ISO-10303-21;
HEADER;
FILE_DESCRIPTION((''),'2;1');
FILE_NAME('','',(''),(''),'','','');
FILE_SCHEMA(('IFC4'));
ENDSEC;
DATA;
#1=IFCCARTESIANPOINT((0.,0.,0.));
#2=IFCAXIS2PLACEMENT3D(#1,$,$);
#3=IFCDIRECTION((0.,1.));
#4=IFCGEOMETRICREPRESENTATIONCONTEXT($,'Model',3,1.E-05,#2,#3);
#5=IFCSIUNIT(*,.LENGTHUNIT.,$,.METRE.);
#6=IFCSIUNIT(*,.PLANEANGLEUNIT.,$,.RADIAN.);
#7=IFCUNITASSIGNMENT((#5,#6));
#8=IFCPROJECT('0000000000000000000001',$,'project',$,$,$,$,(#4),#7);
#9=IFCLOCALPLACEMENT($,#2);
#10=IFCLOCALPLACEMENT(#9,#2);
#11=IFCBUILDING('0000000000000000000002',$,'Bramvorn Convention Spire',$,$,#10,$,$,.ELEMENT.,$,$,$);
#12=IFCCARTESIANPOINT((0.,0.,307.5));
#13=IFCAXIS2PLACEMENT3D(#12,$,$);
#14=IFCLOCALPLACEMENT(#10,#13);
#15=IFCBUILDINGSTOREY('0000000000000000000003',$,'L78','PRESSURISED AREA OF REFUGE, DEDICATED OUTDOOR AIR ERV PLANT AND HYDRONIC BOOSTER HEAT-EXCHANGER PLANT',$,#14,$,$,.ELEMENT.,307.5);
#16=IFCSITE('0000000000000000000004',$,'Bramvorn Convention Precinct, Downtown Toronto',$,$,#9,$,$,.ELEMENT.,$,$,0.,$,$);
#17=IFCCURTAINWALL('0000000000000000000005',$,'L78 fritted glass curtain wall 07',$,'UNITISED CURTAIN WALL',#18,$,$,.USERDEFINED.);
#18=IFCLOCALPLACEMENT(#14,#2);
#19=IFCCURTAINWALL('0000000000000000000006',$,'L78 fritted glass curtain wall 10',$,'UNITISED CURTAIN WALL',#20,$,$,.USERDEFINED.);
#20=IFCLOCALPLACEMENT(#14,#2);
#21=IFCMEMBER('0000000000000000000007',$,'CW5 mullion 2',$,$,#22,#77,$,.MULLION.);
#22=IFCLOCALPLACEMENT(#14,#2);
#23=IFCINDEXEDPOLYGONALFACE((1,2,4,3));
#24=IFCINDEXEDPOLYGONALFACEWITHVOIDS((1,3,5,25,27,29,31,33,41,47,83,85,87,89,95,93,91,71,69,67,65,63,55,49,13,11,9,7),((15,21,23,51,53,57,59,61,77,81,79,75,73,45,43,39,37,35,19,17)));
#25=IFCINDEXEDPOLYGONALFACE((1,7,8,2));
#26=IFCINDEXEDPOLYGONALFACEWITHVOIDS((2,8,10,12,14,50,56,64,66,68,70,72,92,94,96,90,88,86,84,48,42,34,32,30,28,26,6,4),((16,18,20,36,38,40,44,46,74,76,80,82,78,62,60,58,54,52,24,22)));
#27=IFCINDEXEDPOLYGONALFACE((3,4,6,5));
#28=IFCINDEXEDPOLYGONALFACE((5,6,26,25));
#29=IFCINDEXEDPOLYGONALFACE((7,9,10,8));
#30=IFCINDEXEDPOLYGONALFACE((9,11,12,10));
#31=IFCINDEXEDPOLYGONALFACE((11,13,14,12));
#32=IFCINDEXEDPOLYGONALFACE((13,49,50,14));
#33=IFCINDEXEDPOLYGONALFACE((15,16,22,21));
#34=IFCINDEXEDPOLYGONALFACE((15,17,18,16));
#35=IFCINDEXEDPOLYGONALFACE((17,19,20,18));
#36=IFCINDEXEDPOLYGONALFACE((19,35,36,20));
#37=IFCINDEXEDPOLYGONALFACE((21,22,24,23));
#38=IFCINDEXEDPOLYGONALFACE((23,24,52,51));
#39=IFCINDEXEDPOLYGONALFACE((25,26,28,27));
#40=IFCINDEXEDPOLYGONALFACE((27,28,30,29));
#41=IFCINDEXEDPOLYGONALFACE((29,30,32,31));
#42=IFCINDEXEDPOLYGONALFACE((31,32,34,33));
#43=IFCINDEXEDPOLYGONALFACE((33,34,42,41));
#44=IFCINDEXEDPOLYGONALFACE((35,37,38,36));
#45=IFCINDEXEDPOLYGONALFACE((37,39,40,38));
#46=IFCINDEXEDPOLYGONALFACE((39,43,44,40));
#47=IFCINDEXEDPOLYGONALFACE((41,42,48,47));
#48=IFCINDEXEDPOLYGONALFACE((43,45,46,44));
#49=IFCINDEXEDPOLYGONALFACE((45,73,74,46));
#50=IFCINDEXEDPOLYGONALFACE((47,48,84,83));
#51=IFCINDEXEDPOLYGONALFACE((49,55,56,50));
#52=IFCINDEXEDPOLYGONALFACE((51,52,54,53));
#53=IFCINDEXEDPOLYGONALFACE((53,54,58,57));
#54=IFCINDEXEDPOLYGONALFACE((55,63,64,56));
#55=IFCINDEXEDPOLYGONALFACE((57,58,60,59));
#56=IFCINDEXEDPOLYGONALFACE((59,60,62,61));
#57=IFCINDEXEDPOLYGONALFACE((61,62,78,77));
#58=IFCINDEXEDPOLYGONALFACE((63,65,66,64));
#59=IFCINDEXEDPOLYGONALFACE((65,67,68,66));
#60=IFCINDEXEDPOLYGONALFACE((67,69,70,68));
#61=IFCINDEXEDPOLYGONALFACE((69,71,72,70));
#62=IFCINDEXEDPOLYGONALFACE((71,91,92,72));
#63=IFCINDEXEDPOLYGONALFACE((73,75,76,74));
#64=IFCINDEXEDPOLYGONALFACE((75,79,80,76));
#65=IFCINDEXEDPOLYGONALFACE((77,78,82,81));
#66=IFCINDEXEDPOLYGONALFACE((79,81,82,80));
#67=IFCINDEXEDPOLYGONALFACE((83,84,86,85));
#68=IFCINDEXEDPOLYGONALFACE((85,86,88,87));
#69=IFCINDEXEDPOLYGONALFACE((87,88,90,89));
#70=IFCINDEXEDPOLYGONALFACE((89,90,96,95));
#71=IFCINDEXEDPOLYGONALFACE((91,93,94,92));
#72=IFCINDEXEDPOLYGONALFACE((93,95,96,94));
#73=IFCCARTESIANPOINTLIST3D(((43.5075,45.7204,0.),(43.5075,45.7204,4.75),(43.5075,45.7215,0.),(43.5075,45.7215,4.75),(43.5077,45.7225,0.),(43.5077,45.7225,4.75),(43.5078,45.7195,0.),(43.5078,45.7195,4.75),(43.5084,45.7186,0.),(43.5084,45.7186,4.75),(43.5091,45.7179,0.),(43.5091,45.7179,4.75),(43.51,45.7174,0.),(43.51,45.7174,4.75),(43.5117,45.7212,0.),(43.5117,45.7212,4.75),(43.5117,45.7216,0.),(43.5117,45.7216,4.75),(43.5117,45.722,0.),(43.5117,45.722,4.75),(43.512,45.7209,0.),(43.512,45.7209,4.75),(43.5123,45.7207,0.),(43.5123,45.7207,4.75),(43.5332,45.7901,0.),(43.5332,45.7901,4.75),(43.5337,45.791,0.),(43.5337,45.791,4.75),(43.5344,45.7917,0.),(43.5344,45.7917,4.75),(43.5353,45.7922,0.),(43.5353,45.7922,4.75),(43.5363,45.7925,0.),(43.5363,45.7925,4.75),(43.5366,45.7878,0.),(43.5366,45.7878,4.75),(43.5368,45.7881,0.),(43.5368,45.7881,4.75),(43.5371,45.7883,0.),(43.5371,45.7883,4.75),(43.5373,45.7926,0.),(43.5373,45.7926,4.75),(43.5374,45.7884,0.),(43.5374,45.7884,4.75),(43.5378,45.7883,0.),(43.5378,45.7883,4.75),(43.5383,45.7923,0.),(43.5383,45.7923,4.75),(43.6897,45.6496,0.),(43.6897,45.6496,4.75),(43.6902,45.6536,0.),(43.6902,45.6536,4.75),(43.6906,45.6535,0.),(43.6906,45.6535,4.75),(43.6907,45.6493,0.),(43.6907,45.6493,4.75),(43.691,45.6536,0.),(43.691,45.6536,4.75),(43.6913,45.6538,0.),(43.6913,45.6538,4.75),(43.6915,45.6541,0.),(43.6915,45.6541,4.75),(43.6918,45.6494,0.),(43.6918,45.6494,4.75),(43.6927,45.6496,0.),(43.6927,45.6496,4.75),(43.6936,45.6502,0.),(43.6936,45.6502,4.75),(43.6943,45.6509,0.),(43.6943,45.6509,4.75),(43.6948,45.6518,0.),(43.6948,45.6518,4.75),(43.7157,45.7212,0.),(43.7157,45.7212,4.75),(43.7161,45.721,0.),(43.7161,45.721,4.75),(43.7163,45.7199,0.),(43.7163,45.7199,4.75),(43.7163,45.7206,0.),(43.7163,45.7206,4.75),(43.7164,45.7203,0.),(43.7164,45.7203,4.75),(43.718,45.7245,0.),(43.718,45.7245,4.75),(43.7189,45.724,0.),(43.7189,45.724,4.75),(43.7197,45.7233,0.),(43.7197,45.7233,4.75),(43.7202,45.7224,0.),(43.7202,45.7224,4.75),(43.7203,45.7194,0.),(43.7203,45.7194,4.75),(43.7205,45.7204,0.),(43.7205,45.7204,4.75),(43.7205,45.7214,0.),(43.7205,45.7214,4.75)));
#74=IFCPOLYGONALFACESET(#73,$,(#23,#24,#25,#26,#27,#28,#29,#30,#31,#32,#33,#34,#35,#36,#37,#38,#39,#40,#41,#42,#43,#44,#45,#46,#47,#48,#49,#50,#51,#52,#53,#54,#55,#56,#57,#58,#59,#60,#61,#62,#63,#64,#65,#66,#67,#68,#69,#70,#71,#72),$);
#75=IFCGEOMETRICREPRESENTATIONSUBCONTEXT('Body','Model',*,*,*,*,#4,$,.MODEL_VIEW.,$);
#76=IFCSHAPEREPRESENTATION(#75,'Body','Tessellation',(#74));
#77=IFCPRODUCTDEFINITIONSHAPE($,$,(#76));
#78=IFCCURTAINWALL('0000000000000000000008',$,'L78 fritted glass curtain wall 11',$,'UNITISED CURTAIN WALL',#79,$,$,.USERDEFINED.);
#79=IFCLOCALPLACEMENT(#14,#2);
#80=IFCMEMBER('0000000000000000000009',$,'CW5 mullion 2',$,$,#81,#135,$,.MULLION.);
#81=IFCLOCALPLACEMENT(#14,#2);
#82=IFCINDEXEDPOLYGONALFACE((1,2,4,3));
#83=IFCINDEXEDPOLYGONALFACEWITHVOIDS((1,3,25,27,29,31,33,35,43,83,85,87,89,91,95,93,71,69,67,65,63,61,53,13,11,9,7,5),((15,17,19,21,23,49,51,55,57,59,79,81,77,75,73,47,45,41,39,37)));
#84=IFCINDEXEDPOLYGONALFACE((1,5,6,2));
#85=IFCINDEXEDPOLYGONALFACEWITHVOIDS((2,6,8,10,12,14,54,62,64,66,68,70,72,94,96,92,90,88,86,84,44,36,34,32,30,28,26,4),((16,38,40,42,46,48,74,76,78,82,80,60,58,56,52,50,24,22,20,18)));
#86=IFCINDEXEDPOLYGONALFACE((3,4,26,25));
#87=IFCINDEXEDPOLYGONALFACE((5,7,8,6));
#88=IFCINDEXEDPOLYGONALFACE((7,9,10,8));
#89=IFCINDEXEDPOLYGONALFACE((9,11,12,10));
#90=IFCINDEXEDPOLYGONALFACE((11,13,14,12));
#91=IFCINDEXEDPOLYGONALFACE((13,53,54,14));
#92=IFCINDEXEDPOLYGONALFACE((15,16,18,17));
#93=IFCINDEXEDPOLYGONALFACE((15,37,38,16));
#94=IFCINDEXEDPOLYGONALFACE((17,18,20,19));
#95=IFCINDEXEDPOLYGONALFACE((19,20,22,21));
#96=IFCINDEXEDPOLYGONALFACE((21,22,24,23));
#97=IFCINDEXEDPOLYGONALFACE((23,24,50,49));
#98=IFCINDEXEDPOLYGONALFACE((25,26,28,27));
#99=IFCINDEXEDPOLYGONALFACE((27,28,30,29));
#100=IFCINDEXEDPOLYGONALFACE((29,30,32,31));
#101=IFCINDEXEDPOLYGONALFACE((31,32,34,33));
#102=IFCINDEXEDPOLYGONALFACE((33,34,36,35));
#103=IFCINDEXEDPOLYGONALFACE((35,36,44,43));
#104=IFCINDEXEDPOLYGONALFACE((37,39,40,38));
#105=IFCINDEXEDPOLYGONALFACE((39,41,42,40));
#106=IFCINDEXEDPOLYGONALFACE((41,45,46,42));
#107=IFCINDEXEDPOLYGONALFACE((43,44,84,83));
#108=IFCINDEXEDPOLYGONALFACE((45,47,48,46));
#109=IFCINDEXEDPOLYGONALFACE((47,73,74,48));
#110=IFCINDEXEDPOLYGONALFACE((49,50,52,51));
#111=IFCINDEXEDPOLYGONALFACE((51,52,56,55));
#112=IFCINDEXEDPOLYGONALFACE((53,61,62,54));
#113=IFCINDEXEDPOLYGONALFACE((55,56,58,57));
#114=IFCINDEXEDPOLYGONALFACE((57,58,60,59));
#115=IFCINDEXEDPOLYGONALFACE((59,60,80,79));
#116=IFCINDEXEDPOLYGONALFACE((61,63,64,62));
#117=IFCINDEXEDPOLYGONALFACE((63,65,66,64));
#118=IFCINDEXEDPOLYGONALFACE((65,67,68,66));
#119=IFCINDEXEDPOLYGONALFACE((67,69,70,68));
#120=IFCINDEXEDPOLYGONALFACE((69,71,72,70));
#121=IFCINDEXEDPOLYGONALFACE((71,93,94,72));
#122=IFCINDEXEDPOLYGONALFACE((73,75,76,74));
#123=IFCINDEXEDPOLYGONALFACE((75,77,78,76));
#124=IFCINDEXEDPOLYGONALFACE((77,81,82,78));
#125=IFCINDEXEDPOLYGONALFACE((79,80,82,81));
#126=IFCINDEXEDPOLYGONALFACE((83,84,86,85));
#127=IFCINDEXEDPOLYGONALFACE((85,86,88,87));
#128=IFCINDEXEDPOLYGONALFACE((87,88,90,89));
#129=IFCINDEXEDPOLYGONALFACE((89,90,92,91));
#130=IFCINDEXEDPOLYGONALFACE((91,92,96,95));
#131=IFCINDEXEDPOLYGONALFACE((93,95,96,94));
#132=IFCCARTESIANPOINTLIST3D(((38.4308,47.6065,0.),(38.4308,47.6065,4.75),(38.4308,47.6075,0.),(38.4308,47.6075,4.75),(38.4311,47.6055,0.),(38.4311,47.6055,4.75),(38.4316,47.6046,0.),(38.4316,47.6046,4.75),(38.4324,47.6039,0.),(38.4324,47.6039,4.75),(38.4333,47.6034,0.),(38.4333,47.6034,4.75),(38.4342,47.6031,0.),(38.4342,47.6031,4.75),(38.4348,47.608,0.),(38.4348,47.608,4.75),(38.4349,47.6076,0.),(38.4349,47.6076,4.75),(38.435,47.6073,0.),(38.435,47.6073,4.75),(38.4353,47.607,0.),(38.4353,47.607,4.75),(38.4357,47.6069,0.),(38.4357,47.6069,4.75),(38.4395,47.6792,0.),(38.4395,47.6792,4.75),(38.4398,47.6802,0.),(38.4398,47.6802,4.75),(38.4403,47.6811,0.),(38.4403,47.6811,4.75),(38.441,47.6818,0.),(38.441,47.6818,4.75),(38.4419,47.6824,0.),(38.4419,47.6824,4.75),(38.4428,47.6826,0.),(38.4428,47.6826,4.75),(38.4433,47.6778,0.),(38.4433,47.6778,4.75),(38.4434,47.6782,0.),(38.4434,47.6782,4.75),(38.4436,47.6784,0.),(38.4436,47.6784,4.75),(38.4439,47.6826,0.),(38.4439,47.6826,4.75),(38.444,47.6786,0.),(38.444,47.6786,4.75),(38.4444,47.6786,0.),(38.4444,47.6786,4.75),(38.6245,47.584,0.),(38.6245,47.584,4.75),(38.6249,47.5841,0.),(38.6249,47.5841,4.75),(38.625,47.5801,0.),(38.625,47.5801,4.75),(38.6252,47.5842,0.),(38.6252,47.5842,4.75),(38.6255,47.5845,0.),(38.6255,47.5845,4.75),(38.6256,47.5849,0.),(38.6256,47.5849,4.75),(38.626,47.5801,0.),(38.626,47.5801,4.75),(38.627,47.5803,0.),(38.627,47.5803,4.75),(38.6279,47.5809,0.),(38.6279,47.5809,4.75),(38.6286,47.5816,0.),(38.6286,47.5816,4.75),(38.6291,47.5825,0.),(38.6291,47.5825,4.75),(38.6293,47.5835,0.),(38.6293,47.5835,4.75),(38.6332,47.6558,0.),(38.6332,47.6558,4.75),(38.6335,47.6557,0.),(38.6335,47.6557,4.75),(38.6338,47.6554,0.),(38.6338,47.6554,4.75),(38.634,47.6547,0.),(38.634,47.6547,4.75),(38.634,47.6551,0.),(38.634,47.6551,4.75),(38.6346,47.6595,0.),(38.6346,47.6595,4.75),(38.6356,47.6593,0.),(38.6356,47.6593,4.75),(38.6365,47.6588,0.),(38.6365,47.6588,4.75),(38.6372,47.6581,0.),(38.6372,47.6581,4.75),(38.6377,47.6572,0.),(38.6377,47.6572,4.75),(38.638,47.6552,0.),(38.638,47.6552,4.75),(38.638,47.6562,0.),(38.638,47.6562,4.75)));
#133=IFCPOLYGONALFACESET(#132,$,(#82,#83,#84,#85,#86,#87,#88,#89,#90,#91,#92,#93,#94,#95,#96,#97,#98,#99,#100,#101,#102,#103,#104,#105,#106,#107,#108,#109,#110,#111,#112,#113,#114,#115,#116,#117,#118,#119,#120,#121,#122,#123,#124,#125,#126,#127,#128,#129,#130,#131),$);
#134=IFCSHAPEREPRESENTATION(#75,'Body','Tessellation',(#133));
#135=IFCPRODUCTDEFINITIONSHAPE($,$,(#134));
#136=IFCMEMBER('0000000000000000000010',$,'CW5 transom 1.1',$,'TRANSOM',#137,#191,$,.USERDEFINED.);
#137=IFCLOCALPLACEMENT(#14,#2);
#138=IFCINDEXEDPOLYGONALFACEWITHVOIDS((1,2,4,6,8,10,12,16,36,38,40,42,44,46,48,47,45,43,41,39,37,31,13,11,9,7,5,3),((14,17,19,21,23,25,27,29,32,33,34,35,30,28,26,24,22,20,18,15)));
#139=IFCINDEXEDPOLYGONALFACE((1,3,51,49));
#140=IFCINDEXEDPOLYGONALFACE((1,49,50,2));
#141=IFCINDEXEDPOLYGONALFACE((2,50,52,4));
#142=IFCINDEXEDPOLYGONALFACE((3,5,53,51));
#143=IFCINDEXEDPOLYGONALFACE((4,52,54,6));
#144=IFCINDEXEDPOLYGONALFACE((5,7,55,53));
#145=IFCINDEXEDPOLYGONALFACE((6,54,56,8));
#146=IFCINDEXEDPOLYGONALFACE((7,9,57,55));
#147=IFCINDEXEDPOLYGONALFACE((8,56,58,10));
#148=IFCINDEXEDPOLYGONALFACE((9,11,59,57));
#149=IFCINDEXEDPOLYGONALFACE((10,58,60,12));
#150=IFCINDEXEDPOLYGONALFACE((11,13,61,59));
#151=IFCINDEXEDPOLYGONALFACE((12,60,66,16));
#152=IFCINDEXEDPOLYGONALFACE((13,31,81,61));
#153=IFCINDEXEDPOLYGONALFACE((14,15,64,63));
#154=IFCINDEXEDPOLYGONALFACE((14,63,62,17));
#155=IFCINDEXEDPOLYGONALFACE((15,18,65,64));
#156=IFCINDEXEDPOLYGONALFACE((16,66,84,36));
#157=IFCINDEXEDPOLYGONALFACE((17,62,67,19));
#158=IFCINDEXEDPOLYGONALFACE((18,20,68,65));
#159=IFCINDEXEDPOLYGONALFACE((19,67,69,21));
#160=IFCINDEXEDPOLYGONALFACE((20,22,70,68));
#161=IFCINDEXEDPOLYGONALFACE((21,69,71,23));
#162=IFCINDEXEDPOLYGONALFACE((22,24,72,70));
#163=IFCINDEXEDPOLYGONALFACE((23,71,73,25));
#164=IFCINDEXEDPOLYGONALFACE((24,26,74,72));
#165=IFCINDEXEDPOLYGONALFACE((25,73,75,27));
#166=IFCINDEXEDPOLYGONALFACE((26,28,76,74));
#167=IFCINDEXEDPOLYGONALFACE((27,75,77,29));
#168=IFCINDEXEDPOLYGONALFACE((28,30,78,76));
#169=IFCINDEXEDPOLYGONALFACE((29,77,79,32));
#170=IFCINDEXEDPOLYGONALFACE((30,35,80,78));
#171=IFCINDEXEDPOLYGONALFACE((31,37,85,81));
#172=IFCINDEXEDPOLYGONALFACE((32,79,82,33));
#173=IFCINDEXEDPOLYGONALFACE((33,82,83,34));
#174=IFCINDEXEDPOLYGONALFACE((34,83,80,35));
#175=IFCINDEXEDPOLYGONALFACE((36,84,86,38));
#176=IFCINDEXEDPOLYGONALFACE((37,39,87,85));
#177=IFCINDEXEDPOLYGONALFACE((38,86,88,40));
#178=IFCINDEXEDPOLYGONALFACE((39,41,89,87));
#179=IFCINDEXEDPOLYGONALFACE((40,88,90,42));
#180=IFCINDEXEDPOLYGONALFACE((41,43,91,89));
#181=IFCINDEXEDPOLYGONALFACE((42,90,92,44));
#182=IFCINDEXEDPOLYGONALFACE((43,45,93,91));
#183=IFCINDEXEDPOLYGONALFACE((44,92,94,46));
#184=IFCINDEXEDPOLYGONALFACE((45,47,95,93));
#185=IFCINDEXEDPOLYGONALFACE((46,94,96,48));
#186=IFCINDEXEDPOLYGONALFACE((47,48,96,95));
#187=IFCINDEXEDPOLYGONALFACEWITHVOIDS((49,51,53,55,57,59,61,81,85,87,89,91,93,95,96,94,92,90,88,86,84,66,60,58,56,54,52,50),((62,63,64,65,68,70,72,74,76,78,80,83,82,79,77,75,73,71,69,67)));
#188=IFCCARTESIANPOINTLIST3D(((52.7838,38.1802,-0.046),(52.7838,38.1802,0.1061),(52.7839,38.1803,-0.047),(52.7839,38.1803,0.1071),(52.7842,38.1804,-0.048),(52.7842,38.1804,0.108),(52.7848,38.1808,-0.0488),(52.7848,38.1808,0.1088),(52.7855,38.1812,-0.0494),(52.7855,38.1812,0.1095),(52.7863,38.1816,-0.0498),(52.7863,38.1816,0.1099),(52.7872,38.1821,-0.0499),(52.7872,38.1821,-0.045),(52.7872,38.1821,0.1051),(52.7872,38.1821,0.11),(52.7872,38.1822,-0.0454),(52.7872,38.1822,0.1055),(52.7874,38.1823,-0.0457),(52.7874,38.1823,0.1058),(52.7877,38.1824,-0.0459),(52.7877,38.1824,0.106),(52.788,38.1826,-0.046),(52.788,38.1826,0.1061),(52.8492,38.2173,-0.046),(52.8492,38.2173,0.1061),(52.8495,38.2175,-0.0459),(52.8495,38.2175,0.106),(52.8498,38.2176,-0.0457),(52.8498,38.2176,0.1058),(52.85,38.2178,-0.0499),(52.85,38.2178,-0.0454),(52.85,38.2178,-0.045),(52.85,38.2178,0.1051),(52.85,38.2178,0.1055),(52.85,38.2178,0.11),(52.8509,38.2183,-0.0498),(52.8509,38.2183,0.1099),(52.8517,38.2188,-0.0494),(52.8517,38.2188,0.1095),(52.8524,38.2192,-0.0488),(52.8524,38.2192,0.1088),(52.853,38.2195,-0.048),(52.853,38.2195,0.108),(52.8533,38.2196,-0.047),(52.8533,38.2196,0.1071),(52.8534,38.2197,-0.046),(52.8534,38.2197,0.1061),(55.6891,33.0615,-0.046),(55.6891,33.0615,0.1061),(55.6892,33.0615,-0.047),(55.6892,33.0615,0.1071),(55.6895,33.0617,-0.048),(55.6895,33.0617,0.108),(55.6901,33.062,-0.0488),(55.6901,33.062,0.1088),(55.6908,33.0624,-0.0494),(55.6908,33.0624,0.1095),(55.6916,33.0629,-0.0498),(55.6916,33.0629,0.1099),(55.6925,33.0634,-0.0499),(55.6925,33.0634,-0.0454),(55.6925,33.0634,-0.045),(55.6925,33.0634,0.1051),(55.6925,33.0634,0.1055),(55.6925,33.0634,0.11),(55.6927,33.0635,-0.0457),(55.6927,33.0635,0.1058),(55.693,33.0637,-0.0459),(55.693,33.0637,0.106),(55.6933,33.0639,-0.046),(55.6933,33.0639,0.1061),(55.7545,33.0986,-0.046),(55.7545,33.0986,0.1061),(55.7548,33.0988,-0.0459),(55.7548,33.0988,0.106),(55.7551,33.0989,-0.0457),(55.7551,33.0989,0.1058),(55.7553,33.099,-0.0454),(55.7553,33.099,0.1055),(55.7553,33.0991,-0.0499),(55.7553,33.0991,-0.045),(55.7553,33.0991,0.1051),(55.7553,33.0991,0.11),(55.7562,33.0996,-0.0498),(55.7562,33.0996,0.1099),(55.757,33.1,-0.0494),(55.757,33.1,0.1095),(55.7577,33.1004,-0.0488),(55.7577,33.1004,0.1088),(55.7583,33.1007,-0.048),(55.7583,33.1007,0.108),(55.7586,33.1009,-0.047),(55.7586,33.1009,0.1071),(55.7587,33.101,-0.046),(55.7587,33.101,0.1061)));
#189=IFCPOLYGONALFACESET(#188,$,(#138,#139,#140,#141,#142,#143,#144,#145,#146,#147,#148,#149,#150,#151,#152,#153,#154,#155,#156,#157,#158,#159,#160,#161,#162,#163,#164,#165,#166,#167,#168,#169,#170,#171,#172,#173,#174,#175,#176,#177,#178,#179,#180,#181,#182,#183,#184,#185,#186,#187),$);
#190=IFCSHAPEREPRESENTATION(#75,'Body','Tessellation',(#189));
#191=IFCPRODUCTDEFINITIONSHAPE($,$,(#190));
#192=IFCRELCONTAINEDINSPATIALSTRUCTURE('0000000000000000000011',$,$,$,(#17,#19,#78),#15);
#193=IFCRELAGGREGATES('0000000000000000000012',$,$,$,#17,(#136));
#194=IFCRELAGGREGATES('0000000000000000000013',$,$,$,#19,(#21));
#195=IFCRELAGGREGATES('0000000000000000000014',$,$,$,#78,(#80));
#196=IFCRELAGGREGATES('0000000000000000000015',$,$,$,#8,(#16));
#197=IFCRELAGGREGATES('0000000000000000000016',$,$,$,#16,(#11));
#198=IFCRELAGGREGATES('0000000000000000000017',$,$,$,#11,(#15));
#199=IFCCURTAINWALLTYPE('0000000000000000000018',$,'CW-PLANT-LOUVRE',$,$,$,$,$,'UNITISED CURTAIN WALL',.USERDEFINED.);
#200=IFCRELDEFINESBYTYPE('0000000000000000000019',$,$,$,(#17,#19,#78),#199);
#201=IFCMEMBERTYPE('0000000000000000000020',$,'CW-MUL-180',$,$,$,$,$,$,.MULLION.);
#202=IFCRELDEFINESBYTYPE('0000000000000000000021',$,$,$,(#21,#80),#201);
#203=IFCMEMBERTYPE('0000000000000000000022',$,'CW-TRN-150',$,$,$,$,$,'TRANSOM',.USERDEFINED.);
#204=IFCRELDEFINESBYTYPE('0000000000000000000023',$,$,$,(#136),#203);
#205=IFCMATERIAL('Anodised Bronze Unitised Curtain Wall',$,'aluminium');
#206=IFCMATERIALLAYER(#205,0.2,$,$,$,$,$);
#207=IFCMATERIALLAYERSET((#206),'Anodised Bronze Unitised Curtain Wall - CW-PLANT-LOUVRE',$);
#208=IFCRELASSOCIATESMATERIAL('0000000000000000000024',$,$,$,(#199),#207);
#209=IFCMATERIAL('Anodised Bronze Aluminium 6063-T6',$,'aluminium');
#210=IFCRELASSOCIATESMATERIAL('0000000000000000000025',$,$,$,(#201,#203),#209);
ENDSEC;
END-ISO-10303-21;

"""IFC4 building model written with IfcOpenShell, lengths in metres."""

from ifc_helpers import new_model, si_unit, direction, frame, origin, origin_2d, place, context, subcontext, project, spatial, hollow_rectangle, extrude, material, layer, layer_set, material_profile, profile_set, type_object, element, aggregate, save


model = new_model("IFC4")

# Units and contexts
model_context = context("Model", 3, precision=1e-05, world=origin(), true_north=direction((0.0, 1.0)))
body_context = subcontext(model_context, "Body", "Model", "MODEL_VIEW")
ifc_project = project(units=[si_unit("LENGTHUNIT", "METRE"), si_unit("PLANEANGLEUNIT", "RADIAN")], contexts=[model_context])

# Site, building, storey
site_placement = place(None, origin())
site = spatial("IfcSite", under=ifc_project, at=site_placement, Name="Bramvorn Convention Precinct, Downtown Toronto", CompositionType="ELEMENT", RefElevation=0.0)
building_placement = place(site_placement, origin())
building = spatial("IfcBuilding", under=site, at=building_placement, Name="Bramvorn Convention Spire", CompositionType="ELEMENT")
storey_placement = place(building_placement, frame((0.0, 0.0, 307.5)))
storey = spatial("IfcBuildingStorey", under=building, at=storey_placement, Name="L78", Description="PRESSURISED AREA OF REFUGE, DEDICATED OUTDOOR AIR ERV PLANT AND HYDRONIC BOOSTER HEAT-EXCHANGER PLANT", CompositionType="ELEMENT", Elevation=307.5)

# Curtain walls, member
ifc_material_1 = material(Name="Anodised Bronze Unitised Curtain Wall", Category="aluminium")
ifc_layer_1 = layer(ifc_material_1, 0.2)
ifc_layer_set_1 = layer_set([ifc_layer_1], Name="Anodised Bronze Unitised Curtain Wall - CW-PLANT-LOUVRE")
curtain_wall_type = type_object("IfcCurtainWallType", Name="CW-PLANT-LOUVRE", ElementType="UNITISED CURTAIN WALL", PredefinedType="USERDEFINED", material=ifc_layer_set_1)
curtain_wall_1_placement = place(storey_placement, origin())
curtain_wall_1 = element("IfcCurtainWall", 1, at=curtain_wall_1_placement, inside=storey, type_object=curtain_wall_type, Name="L78 fritted glass curtain wall 07", ObjectType="UNITISED CURTAIN WALL", PredefinedType="USERDEFINED")
ifc_material_2 = material(Name="Anodised Bronze Aluminium 6063-T6", Category="aluminium")
ifc_material_profile_1 = material_profile(ifc_material_2, hollow_rectangle(XDim=0.0801, YDim=0.2, WallThickness=0.0039, InnerFilletRadius=0.001, OuterFilletRadius=0.0039, at=origin_2d()))
ifc_profile_set_1 = profile_set([ifc_material_profile_1], Name="Anodised Bronze Aluminium 6063-T6 - CWM80X200")
member_type_1 = type_object("IfcMemberType", Name="CW-MUL-180", PredefinedType="MULLION", material=ifc_profile_set_1)
curtain_wall_2_placement = place(storey_placement, origin())
curtain_wall_2 = element("IfcCurtainWall", 2, at=curtain_wall_2_placement, inside=storey, type_object=curtain_wall_type, Name="L78 fritted glass curtain wall 10", ObjectType="UNITISED CURTAIN WALL", PredefinedType="USERDEFINED")
member_1_placement = place(storey_placement, frame((43.614, 45.7209, 0.0), z_axis=(0.0, 0.0, 1.0), x_axis=(0.353265, 0.935523, 0.0)))
member_1 = element("IfcMember", 3, at=member_1_placement, type_object=member_type_1, Name="CW5 mullion 2", PredefinedType="MULLION", context=body_context, shape_type="SweptSolid", body=[
    extrude(hollow_rectangle(XDim=0.0801, YDim=0.2, WallThickness=0.0039, InnerFilletRadius=0.001, OuterFilletRadius=0.0039, at=origin_2d()), origin(), (0.0, 0.0, 1.0), 4.75),
])

# Curtain wall, member
curtain_wall_3_placement = place(storey_placement, origin())
curtain_wall_3 = element("IfcCurtainWall", 4, at=curtain_wall_3_placement, inside=storey, type_object=curtain_wall_type, Name="L78 fritted glass curtain wall 11", ObjectType="UNITISED CURTAIN WALL", PredefinedType="USERDEFINED")
member_2_placement = place(storey_placement, frame((38.5344, 47.6313, 0.0), z_axis=(0.0, 0.0, 1.0), x_axis=(0.120194, 0.99275, 0.0)))
member_2 = element("IfcMember", 5, at=member_2_placement, type_object=member_type_1, Name="CW5 mullion 2", PredefinedType="MULLION", context=body_context, shape_type="SweptSolid", body=[
    extrude(hollow_rectangle(XDim=0.0801, YDim=0.2, WallThickness=0.0039, InnerFilletRadius=0.001, OuterFilletRadius=0.0039, at=origin_2d()), origin(), (0.0, 0.0, 1.0), 4.75),
])

# Member
ifc_material_profile_2 = material_profile(ifc_material_2, hollow_rectangle(XDim=0.0801, YDim=0.1599, WallThickness=0.0039, InnerFilletRadius=0.001, OuterFilletRadius=0.0039, at=origin_2d()))
ifc_profile_set_2 = profile_set([ifc_material_profile_2], Name="Anodised Bronze Aluminium 6063-T6 - CWT80X160")
member_type_2 = type_object("IfcMemberType", Name="CW-TRN-150", ElementType="TRANSOM", PredefinedType="USERDEFINED", material=ifc_profile_set_2)
member_3_placement = place(storey_placement, frame((52.8186, 38.2, 0.03), z_axis=(0.493617, -0.869679, 0.0), x_axis=(0.869679, 0.493617, 0.0)))
member_3 = element("IfcMember", 6, at=member_3_placement, type_object=member_type_2, Name="CW5 transom 1.1", ObjectType="TRANSOM", PredefinedType="USERDEFINED", context=body_context, shape_type="SweptSolid", body=[
    extrude(hollow_rectangle(XDim=0.0801, YDim=0.1599, WallThickness=0.0039, InnerFilletRadius=0.001, OuterFilletRadius=0.0039, at=origin_2d()), origin(), (0.0, 0.0, 1.0), 5.8857),
])

aggregate(curtain_wall_1, [member_3])
aggregate(curtain_wall_2, [member_1])
aggregate(curtain_wall_3, [member_2])

save(model, "model.ifc")
